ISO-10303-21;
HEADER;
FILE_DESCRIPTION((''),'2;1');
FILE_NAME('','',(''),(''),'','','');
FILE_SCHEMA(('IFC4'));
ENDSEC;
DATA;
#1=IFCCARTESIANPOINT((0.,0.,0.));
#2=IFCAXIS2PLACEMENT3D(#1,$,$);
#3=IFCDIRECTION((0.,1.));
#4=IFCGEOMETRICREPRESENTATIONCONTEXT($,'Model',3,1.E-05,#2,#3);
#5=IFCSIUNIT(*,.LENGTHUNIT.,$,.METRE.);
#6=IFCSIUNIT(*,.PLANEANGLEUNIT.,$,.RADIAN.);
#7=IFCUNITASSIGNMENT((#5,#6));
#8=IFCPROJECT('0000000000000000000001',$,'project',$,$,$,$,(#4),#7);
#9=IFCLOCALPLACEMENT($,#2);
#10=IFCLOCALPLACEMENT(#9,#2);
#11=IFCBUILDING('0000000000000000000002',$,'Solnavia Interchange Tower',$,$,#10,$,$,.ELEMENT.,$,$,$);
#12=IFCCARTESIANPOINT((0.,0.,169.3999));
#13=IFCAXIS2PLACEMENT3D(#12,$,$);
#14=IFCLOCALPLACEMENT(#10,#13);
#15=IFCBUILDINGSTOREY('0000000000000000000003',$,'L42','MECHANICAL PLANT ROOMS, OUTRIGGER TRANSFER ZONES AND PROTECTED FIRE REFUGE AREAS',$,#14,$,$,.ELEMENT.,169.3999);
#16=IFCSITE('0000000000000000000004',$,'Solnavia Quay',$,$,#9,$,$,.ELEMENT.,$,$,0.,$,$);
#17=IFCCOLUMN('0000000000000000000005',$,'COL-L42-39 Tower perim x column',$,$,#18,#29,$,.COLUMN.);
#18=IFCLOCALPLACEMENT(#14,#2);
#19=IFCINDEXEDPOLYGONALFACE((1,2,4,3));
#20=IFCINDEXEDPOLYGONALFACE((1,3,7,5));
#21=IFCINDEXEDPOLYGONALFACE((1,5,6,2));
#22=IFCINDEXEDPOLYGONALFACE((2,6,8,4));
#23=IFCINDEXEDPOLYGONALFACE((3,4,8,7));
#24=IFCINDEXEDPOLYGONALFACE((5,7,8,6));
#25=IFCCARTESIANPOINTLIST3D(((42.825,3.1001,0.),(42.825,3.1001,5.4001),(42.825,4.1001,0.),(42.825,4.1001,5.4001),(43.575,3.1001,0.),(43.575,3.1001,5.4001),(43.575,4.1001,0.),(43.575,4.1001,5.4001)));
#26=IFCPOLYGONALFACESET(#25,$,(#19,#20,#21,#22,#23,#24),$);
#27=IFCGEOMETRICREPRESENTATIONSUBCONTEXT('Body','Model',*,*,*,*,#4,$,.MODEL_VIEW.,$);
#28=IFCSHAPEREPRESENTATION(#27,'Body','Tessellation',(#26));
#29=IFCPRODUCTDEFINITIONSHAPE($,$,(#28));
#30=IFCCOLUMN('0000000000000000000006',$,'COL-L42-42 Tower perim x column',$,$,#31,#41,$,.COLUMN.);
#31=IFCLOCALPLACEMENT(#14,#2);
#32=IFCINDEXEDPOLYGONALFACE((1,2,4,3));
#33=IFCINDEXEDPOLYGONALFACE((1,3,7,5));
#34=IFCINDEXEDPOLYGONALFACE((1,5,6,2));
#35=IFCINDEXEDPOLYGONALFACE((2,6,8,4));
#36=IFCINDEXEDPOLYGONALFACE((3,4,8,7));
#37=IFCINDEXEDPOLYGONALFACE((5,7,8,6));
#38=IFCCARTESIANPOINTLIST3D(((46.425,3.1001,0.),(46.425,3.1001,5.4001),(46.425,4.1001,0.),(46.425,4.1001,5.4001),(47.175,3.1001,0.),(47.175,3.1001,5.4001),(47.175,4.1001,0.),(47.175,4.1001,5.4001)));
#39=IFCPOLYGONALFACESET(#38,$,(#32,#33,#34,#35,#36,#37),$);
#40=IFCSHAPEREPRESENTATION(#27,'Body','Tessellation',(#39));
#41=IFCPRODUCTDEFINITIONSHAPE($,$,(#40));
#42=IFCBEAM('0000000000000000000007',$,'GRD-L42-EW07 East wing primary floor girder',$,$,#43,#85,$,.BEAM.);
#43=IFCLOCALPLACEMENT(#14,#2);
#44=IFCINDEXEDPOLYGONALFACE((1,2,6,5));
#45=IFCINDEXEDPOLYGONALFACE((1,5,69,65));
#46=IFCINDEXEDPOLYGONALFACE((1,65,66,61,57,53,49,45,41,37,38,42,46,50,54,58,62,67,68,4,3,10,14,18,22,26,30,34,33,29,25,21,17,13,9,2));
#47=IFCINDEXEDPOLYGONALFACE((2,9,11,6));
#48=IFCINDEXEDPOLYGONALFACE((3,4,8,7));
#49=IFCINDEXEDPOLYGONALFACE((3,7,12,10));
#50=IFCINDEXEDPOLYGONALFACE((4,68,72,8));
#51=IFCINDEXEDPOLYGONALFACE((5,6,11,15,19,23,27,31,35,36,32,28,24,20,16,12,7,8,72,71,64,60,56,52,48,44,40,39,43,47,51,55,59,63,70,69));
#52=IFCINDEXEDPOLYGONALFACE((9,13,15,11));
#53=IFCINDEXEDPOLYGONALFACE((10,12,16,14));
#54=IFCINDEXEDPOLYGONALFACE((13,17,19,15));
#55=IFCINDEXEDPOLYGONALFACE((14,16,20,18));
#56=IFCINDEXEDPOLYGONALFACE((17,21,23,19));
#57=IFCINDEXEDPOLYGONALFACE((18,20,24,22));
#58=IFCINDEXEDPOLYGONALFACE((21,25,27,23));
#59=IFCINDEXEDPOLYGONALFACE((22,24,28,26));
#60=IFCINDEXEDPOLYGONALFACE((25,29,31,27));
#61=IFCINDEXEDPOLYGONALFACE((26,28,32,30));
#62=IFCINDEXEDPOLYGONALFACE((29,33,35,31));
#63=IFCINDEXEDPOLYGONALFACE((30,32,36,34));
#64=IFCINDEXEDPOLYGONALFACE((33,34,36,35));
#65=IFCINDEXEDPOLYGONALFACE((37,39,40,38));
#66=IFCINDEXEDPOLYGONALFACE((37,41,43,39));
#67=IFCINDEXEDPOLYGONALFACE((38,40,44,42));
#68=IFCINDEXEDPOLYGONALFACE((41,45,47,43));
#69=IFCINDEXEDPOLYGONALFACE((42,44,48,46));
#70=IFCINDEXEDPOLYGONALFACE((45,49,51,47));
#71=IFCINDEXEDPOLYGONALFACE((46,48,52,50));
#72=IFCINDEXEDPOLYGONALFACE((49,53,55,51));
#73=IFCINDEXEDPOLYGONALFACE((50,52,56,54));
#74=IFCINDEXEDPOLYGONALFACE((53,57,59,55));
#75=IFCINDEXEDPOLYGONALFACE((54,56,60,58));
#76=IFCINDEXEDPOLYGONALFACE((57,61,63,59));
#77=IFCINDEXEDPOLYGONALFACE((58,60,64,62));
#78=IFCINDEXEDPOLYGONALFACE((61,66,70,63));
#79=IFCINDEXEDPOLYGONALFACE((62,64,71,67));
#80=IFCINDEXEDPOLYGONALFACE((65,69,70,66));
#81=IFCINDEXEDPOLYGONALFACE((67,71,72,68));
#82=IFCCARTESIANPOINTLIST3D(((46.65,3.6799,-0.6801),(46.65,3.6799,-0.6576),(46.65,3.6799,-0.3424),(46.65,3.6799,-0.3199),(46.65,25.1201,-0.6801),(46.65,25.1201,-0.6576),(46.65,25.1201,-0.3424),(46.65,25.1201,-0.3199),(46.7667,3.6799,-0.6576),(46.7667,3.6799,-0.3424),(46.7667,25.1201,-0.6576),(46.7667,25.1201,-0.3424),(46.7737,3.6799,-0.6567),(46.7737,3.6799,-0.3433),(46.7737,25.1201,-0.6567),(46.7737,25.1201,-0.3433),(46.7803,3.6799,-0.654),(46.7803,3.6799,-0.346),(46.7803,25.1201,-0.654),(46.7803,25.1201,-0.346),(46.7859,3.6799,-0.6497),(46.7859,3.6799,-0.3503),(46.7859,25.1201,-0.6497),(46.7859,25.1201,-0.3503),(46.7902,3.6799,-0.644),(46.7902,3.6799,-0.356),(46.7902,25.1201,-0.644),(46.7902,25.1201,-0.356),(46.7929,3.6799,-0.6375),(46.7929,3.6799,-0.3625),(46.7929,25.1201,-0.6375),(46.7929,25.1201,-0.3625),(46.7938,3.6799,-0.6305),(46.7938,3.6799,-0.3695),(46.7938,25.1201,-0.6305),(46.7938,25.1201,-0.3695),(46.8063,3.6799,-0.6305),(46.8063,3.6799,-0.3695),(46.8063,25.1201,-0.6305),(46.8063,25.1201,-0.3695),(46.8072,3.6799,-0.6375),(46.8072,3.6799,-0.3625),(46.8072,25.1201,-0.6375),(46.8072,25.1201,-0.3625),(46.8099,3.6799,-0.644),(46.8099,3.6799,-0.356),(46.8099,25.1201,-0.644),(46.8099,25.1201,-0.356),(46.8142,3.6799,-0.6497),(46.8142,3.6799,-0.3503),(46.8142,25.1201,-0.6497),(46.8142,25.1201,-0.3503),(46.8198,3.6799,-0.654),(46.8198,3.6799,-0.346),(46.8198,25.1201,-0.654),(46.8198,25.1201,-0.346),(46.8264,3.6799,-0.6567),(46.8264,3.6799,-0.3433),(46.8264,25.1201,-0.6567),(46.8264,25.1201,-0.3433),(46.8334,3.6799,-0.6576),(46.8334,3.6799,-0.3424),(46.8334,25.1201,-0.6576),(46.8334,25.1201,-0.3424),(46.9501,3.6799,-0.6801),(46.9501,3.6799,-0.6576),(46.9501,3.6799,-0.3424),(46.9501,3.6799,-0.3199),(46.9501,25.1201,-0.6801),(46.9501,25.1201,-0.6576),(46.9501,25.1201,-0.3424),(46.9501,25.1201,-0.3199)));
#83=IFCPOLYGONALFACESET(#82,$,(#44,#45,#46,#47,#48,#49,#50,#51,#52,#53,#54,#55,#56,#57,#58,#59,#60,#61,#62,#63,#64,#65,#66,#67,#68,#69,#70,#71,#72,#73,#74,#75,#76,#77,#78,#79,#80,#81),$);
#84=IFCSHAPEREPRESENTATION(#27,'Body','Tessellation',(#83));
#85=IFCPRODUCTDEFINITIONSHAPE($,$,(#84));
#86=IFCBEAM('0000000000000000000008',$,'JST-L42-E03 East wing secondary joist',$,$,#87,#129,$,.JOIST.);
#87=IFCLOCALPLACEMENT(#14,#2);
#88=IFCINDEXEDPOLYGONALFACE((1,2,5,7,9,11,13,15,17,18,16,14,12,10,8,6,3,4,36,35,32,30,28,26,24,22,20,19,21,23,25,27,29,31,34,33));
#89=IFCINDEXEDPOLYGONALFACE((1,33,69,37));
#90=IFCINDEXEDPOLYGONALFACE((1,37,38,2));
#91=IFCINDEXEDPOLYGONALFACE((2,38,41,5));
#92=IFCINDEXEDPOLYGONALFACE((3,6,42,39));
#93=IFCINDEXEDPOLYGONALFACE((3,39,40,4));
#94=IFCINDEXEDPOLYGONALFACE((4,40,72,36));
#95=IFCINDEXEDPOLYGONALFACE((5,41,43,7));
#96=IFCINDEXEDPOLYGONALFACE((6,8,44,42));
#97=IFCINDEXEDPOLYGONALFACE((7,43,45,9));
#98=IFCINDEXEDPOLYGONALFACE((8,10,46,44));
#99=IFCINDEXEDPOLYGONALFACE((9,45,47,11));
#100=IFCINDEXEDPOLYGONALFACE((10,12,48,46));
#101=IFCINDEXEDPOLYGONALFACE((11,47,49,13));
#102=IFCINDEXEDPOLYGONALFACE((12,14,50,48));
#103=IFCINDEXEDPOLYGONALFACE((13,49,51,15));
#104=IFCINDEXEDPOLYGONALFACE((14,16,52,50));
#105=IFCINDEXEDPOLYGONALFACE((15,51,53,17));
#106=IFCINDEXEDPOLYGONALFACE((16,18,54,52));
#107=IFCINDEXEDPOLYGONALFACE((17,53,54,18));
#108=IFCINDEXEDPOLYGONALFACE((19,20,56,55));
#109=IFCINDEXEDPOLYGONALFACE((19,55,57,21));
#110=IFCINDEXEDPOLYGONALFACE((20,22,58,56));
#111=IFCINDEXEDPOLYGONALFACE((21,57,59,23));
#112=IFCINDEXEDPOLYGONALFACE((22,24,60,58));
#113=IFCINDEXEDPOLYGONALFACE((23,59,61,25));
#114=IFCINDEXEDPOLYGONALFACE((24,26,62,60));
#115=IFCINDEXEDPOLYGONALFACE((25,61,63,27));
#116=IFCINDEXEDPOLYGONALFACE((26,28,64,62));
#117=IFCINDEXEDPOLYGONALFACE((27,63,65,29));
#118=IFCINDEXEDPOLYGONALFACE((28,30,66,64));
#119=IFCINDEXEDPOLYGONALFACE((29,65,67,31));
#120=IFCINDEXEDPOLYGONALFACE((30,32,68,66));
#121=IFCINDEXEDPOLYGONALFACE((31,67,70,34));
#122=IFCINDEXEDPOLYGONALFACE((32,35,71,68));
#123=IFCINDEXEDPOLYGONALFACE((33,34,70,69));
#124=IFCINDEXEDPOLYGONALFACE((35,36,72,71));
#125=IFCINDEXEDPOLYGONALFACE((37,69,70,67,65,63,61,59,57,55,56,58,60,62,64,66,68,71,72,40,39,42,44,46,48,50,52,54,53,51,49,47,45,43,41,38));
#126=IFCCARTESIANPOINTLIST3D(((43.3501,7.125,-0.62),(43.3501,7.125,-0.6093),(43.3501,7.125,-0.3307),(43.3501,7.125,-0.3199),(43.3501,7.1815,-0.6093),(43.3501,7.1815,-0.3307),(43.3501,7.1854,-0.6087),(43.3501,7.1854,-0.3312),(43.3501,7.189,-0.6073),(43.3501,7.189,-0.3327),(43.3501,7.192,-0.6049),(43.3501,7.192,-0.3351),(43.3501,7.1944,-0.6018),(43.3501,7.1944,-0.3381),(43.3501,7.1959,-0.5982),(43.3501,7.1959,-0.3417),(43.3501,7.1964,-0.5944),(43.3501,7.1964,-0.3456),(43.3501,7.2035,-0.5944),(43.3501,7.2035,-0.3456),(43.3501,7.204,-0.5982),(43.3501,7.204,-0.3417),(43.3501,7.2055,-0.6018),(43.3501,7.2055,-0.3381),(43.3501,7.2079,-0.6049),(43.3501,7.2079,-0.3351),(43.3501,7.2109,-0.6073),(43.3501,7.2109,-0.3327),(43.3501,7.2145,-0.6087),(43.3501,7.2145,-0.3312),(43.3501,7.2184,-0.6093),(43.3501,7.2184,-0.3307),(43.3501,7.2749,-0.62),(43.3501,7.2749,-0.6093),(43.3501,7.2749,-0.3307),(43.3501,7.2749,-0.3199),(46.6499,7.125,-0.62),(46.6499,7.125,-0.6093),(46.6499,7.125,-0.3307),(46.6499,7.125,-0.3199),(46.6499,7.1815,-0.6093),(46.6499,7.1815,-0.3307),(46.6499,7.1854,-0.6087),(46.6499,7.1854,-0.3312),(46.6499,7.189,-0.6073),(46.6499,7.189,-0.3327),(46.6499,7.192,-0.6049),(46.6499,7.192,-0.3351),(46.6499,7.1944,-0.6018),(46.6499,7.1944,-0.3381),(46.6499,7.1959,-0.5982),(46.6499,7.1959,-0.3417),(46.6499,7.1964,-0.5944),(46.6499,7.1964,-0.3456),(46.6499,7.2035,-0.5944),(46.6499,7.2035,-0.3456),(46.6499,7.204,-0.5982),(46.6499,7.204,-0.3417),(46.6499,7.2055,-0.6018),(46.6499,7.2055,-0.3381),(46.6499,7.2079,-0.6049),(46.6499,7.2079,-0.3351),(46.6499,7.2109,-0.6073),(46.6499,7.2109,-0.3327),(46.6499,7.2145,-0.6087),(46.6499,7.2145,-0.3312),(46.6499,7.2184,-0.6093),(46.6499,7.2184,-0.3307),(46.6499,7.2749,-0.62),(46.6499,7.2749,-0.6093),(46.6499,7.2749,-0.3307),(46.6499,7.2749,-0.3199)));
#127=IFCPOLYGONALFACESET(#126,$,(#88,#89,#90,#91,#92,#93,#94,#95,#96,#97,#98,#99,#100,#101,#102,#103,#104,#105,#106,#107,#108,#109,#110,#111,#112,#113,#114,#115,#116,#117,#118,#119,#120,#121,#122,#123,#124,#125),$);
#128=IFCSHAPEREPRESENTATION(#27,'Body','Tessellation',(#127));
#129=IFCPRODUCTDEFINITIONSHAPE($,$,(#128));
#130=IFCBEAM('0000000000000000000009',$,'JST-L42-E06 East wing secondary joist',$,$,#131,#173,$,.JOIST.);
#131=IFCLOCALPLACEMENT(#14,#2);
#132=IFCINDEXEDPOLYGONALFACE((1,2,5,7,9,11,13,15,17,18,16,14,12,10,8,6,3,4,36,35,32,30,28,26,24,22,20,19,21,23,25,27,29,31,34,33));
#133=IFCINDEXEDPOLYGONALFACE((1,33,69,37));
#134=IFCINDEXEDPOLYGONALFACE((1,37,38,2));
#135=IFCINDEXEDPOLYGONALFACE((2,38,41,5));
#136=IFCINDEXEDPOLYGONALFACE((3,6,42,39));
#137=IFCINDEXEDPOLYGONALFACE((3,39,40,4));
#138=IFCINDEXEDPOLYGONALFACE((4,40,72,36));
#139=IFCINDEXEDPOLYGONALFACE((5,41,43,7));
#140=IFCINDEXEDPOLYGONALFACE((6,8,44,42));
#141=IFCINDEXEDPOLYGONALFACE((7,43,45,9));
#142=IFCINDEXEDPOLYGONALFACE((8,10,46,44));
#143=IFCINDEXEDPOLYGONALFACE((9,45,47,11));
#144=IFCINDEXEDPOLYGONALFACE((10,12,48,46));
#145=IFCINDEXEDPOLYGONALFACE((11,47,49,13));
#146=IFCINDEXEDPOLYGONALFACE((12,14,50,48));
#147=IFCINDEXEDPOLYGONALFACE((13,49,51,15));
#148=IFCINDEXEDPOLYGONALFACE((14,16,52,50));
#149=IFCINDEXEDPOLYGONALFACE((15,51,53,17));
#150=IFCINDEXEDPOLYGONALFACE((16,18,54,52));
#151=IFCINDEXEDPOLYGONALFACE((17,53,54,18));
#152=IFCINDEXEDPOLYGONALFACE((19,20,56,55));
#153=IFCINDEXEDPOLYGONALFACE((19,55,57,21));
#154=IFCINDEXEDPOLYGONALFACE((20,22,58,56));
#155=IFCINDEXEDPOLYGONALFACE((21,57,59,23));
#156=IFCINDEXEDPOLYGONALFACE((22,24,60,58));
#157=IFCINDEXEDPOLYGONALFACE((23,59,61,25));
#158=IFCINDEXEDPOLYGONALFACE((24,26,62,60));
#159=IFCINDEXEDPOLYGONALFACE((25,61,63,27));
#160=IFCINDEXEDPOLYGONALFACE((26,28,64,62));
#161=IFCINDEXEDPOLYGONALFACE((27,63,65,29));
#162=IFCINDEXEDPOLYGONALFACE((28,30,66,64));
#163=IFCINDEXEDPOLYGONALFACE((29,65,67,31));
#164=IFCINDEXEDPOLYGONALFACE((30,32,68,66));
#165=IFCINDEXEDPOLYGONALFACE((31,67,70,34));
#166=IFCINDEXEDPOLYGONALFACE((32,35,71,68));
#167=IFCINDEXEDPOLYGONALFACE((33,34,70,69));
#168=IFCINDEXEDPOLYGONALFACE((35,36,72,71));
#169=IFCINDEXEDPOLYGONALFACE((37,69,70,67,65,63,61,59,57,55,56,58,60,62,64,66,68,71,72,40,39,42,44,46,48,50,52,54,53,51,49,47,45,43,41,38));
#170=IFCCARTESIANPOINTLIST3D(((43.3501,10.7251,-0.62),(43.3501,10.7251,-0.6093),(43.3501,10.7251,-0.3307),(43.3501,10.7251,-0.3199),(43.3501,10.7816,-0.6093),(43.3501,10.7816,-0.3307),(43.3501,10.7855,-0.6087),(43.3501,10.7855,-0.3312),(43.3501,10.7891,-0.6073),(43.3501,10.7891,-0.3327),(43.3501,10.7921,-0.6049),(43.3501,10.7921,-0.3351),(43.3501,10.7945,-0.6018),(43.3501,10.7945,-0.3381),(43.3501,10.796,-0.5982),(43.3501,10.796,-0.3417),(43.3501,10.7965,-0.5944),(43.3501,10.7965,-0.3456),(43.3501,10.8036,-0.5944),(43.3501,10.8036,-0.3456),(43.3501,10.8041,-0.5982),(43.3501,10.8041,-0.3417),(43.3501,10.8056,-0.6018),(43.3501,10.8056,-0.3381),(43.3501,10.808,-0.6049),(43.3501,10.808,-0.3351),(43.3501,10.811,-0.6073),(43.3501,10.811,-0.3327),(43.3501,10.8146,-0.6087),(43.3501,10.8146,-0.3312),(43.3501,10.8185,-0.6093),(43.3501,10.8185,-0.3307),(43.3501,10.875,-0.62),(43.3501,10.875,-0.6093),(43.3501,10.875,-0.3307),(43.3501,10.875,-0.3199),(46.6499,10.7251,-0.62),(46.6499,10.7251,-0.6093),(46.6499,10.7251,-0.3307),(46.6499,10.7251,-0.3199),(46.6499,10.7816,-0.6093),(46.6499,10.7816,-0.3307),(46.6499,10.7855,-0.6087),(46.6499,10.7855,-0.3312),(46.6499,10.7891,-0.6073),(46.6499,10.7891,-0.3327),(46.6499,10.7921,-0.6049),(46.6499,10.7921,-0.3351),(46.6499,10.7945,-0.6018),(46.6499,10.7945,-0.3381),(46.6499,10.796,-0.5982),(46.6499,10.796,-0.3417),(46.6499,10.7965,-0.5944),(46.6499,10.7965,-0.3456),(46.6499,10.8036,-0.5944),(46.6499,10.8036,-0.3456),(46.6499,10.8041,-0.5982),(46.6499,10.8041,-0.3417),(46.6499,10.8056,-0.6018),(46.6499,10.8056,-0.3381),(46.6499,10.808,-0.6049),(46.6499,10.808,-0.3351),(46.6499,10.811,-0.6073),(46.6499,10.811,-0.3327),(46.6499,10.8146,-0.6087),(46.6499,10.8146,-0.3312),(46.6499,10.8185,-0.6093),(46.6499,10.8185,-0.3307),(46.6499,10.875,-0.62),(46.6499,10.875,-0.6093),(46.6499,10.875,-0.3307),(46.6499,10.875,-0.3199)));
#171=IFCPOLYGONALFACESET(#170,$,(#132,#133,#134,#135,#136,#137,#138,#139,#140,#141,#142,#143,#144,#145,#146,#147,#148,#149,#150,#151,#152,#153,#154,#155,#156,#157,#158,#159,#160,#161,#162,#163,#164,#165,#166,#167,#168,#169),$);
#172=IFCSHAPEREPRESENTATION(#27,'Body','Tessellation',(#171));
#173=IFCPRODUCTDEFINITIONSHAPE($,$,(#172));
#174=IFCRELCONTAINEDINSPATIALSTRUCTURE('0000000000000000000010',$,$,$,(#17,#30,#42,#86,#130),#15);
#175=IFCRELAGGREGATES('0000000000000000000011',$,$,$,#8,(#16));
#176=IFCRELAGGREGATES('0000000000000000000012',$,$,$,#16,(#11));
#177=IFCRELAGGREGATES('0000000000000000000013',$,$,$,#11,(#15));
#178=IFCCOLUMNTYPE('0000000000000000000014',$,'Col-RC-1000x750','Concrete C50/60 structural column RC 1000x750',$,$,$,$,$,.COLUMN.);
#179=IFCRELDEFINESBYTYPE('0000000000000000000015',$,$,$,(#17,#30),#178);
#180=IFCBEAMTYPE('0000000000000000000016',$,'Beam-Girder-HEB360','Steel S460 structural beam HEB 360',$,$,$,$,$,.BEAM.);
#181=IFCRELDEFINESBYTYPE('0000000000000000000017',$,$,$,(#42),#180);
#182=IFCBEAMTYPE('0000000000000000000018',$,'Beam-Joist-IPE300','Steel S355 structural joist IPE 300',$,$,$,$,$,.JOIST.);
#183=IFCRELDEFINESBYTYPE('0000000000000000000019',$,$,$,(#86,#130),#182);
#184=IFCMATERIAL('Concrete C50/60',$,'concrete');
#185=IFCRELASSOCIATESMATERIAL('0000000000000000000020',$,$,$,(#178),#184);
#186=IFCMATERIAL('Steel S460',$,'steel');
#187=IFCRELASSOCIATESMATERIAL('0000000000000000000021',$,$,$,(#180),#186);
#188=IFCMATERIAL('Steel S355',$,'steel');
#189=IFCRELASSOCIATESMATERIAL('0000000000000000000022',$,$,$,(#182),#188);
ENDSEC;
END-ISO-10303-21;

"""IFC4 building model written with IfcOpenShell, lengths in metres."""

from ifc_helpers import new_model, si_unit, direction, frame, origin, origin_2d, place, context, subcontext, project, spatial, rectangle, i_section, extrude, material, material_profile, profile_set, type_object, element, save


model = new_model("IFC4")

# Units and contexts
model_context = context("Model", 3, precision=1e-05, world=origin(), true_north=direction((0.0, 1.0)))
body_context = subcontext(model_context, "Body", "Model", "MODEL_VIEW")
ifc_project = project(units=[si_unit("LENGTHUNIT", "METRE"), si_unit("PLANEANGLEUNIT", "RADIAN")], contexts=[model_context])

# Site, building, storey
site_placement = place(None, origin())
site = spatial("IfcSite", under=ifc_project, at=site_placement, Name="Solnavia Quay", CompositionType="ELEMENT", RefElevation=0.0)
building_placement = place(site_placement, origin())
building = spatial("IfcBuilding", under=site, at=building_placement, Name="Solnavia Interchange Tower", CompositionType="ELEMENT")
storey_placement = place(building_placement, frame((0.0, 0.0, 169.3999)))
storey = spatial("IfcBuildingStorey", under=building, at=storey_placement, Name="L42", Description="MECHANICAL PLANT ROOMS, OUTRIGGER TRANSFER ZONES AND PROTECTED FIRE REFUGE AREAS", CompositionType="ELEMENT", Elevation=169.3999)

# Columns
ifc_material_1 = material(Name="Concrete C50/60", Category="concrete")
ifc_material_profile_1 = material_profile(ifc_material_1, rectangle(XDim=0.75, YDim=1.0, at=origin_2d()), Name="RC 1000x750")
ifc_profile_set_1 = profile_set([ifc_material_profile_1], Name="Concrete C50/60")
column_type = type_object("IfcColumnType", Name="Col-RC-1000x750", Description="Concrete C50/60 structural column RC 1000x750", PredefinedType="COLUMN", material=ifc_profile_set_1)
for number, where, z_axis, x_axis, name in (
    (1, (43.2, 3.6001, 0.0), (0.0, 0.0, 1.0), (1.0, 0.0, 0.0), "COL-L42-39 Tower perim x column"),
    (2, (46.8, 3.6001, 0.0), (0.0, 0.0, 1.0), (1.0, 0.0, 0.0), "COL-L42-42 Tower perim x column"),
):
    element("IfcColumn", number, at=place(storey_placement, frame(where, z_axis=z_axis, x_axis=x_axis)), inside=storey, type_object=column_type, Name=name, PredefinedType="COLUMN", context=body_context, shape_type="SweptSolid", body=[
        extrude(rectangle(XDim=0.75, YDim=1.0, at=origin_2d()), origin(), (0.0, 0.0, 1.0), 5.4001),
    ])

# Beams
ifc_material_2 = material(Name="Steel S460", Category="steel")
ifc_material_profile_2 = material_profile(ifc_material_2, i_section(OverallWidth=0.3, OverallDepth=0.3601, WebThickness=0.0125, FlangeThickness=0.0225, FilletRadius=0.0271, at=origin_2d()), Name="HEB 360")
ifc_profile_set_2 = profile_set([ifc_material_profile_2], Name="Steel S460")
beam_type_1 = type_object("IfcBeamType", Name="Beam-Girder-HEB360", Description="Steel S460 structural beam HEB 360", PredefinedType="BEAM", material=ifc_profile_set_2)
beam_1_placement = place(storey_placement, frame((46.8, 3.6799, -0.5), z_axis=(0.0, 1.0, 0.0), x_axis=(-1.0, 0.0, 0.0)))
element("IfcBeam", 3, at=beam_1_placement, inside=storey, type_object=beam_type_1, Name="GRD-L42-EW07 East wing primary floor girder", PredefinedType="BEAM", context=body_context, shape_type="SweptSolid", body=[
    extrude(i_section(OverallWidth=0.3, OverallDepth=0.3601, WebThickness=0.0125, FlangeThickness=0.0225, FilletRadius=0.0271, at=origin_2d()), origin(), (0.0, 0.0, 1.0), 21.4402),
])
ifc_material_3 = material(Name="Steel S355", Category="steel")
ifc_material_profile_3 = material_profile(ifc_material_3, i_section(OverallWidth=0.1499, OverallDepth=0.3, WebThickness=0.0071, FlangeThickness=0.0107, FilletRadius=0.0149, at=origin_2d()), Name="IPE 300")
ifc_profile_set_3 = profile_set([ifc_material_profile_3], Name="Steel S355")
beam_type_2 = type_object("IfcBeamType", Name="Beam-Joist-IPE300", Description="Steel S355 structural joist IPE 300", PredefinedType="JOIST", material=ifc_profile_set_3)
for number, where, z_axis, x_axis, name in (
    (4, (43.3501, 7.2, -0.47), (1.0, 0.0, 0.0), (0.0, 1.0, 0.0), "JST-L42-E03 East wing secondary joist"),
    (5, (43.3501, 10.8, -0.47), (1.0, 0.0, 0.0), (0.0, 1.0, 0.0), "JST-L42-E06 East wing secondary joist"),
):
    element("IfcBeam", number, at=place(storey_placement, frame(where, z_axis=z_axis, x_axis=x_axis)), inside=storey, type_object=beam_type_2, Name=name, PredefinedType="JOIST", context=body_context, shape_type="SweptSolid", body=[
        extrude(i_section(OverallWidth=0.1499, OverallDepth=0.3, WebThickness=0.0071, FlangeThickness=0.0107, FilletRadius=0.0149, at=origin_2d()), origin(), (0.0, 0.0, 1.0), 3.2998),
    ])

save(model, "model.ifc")
